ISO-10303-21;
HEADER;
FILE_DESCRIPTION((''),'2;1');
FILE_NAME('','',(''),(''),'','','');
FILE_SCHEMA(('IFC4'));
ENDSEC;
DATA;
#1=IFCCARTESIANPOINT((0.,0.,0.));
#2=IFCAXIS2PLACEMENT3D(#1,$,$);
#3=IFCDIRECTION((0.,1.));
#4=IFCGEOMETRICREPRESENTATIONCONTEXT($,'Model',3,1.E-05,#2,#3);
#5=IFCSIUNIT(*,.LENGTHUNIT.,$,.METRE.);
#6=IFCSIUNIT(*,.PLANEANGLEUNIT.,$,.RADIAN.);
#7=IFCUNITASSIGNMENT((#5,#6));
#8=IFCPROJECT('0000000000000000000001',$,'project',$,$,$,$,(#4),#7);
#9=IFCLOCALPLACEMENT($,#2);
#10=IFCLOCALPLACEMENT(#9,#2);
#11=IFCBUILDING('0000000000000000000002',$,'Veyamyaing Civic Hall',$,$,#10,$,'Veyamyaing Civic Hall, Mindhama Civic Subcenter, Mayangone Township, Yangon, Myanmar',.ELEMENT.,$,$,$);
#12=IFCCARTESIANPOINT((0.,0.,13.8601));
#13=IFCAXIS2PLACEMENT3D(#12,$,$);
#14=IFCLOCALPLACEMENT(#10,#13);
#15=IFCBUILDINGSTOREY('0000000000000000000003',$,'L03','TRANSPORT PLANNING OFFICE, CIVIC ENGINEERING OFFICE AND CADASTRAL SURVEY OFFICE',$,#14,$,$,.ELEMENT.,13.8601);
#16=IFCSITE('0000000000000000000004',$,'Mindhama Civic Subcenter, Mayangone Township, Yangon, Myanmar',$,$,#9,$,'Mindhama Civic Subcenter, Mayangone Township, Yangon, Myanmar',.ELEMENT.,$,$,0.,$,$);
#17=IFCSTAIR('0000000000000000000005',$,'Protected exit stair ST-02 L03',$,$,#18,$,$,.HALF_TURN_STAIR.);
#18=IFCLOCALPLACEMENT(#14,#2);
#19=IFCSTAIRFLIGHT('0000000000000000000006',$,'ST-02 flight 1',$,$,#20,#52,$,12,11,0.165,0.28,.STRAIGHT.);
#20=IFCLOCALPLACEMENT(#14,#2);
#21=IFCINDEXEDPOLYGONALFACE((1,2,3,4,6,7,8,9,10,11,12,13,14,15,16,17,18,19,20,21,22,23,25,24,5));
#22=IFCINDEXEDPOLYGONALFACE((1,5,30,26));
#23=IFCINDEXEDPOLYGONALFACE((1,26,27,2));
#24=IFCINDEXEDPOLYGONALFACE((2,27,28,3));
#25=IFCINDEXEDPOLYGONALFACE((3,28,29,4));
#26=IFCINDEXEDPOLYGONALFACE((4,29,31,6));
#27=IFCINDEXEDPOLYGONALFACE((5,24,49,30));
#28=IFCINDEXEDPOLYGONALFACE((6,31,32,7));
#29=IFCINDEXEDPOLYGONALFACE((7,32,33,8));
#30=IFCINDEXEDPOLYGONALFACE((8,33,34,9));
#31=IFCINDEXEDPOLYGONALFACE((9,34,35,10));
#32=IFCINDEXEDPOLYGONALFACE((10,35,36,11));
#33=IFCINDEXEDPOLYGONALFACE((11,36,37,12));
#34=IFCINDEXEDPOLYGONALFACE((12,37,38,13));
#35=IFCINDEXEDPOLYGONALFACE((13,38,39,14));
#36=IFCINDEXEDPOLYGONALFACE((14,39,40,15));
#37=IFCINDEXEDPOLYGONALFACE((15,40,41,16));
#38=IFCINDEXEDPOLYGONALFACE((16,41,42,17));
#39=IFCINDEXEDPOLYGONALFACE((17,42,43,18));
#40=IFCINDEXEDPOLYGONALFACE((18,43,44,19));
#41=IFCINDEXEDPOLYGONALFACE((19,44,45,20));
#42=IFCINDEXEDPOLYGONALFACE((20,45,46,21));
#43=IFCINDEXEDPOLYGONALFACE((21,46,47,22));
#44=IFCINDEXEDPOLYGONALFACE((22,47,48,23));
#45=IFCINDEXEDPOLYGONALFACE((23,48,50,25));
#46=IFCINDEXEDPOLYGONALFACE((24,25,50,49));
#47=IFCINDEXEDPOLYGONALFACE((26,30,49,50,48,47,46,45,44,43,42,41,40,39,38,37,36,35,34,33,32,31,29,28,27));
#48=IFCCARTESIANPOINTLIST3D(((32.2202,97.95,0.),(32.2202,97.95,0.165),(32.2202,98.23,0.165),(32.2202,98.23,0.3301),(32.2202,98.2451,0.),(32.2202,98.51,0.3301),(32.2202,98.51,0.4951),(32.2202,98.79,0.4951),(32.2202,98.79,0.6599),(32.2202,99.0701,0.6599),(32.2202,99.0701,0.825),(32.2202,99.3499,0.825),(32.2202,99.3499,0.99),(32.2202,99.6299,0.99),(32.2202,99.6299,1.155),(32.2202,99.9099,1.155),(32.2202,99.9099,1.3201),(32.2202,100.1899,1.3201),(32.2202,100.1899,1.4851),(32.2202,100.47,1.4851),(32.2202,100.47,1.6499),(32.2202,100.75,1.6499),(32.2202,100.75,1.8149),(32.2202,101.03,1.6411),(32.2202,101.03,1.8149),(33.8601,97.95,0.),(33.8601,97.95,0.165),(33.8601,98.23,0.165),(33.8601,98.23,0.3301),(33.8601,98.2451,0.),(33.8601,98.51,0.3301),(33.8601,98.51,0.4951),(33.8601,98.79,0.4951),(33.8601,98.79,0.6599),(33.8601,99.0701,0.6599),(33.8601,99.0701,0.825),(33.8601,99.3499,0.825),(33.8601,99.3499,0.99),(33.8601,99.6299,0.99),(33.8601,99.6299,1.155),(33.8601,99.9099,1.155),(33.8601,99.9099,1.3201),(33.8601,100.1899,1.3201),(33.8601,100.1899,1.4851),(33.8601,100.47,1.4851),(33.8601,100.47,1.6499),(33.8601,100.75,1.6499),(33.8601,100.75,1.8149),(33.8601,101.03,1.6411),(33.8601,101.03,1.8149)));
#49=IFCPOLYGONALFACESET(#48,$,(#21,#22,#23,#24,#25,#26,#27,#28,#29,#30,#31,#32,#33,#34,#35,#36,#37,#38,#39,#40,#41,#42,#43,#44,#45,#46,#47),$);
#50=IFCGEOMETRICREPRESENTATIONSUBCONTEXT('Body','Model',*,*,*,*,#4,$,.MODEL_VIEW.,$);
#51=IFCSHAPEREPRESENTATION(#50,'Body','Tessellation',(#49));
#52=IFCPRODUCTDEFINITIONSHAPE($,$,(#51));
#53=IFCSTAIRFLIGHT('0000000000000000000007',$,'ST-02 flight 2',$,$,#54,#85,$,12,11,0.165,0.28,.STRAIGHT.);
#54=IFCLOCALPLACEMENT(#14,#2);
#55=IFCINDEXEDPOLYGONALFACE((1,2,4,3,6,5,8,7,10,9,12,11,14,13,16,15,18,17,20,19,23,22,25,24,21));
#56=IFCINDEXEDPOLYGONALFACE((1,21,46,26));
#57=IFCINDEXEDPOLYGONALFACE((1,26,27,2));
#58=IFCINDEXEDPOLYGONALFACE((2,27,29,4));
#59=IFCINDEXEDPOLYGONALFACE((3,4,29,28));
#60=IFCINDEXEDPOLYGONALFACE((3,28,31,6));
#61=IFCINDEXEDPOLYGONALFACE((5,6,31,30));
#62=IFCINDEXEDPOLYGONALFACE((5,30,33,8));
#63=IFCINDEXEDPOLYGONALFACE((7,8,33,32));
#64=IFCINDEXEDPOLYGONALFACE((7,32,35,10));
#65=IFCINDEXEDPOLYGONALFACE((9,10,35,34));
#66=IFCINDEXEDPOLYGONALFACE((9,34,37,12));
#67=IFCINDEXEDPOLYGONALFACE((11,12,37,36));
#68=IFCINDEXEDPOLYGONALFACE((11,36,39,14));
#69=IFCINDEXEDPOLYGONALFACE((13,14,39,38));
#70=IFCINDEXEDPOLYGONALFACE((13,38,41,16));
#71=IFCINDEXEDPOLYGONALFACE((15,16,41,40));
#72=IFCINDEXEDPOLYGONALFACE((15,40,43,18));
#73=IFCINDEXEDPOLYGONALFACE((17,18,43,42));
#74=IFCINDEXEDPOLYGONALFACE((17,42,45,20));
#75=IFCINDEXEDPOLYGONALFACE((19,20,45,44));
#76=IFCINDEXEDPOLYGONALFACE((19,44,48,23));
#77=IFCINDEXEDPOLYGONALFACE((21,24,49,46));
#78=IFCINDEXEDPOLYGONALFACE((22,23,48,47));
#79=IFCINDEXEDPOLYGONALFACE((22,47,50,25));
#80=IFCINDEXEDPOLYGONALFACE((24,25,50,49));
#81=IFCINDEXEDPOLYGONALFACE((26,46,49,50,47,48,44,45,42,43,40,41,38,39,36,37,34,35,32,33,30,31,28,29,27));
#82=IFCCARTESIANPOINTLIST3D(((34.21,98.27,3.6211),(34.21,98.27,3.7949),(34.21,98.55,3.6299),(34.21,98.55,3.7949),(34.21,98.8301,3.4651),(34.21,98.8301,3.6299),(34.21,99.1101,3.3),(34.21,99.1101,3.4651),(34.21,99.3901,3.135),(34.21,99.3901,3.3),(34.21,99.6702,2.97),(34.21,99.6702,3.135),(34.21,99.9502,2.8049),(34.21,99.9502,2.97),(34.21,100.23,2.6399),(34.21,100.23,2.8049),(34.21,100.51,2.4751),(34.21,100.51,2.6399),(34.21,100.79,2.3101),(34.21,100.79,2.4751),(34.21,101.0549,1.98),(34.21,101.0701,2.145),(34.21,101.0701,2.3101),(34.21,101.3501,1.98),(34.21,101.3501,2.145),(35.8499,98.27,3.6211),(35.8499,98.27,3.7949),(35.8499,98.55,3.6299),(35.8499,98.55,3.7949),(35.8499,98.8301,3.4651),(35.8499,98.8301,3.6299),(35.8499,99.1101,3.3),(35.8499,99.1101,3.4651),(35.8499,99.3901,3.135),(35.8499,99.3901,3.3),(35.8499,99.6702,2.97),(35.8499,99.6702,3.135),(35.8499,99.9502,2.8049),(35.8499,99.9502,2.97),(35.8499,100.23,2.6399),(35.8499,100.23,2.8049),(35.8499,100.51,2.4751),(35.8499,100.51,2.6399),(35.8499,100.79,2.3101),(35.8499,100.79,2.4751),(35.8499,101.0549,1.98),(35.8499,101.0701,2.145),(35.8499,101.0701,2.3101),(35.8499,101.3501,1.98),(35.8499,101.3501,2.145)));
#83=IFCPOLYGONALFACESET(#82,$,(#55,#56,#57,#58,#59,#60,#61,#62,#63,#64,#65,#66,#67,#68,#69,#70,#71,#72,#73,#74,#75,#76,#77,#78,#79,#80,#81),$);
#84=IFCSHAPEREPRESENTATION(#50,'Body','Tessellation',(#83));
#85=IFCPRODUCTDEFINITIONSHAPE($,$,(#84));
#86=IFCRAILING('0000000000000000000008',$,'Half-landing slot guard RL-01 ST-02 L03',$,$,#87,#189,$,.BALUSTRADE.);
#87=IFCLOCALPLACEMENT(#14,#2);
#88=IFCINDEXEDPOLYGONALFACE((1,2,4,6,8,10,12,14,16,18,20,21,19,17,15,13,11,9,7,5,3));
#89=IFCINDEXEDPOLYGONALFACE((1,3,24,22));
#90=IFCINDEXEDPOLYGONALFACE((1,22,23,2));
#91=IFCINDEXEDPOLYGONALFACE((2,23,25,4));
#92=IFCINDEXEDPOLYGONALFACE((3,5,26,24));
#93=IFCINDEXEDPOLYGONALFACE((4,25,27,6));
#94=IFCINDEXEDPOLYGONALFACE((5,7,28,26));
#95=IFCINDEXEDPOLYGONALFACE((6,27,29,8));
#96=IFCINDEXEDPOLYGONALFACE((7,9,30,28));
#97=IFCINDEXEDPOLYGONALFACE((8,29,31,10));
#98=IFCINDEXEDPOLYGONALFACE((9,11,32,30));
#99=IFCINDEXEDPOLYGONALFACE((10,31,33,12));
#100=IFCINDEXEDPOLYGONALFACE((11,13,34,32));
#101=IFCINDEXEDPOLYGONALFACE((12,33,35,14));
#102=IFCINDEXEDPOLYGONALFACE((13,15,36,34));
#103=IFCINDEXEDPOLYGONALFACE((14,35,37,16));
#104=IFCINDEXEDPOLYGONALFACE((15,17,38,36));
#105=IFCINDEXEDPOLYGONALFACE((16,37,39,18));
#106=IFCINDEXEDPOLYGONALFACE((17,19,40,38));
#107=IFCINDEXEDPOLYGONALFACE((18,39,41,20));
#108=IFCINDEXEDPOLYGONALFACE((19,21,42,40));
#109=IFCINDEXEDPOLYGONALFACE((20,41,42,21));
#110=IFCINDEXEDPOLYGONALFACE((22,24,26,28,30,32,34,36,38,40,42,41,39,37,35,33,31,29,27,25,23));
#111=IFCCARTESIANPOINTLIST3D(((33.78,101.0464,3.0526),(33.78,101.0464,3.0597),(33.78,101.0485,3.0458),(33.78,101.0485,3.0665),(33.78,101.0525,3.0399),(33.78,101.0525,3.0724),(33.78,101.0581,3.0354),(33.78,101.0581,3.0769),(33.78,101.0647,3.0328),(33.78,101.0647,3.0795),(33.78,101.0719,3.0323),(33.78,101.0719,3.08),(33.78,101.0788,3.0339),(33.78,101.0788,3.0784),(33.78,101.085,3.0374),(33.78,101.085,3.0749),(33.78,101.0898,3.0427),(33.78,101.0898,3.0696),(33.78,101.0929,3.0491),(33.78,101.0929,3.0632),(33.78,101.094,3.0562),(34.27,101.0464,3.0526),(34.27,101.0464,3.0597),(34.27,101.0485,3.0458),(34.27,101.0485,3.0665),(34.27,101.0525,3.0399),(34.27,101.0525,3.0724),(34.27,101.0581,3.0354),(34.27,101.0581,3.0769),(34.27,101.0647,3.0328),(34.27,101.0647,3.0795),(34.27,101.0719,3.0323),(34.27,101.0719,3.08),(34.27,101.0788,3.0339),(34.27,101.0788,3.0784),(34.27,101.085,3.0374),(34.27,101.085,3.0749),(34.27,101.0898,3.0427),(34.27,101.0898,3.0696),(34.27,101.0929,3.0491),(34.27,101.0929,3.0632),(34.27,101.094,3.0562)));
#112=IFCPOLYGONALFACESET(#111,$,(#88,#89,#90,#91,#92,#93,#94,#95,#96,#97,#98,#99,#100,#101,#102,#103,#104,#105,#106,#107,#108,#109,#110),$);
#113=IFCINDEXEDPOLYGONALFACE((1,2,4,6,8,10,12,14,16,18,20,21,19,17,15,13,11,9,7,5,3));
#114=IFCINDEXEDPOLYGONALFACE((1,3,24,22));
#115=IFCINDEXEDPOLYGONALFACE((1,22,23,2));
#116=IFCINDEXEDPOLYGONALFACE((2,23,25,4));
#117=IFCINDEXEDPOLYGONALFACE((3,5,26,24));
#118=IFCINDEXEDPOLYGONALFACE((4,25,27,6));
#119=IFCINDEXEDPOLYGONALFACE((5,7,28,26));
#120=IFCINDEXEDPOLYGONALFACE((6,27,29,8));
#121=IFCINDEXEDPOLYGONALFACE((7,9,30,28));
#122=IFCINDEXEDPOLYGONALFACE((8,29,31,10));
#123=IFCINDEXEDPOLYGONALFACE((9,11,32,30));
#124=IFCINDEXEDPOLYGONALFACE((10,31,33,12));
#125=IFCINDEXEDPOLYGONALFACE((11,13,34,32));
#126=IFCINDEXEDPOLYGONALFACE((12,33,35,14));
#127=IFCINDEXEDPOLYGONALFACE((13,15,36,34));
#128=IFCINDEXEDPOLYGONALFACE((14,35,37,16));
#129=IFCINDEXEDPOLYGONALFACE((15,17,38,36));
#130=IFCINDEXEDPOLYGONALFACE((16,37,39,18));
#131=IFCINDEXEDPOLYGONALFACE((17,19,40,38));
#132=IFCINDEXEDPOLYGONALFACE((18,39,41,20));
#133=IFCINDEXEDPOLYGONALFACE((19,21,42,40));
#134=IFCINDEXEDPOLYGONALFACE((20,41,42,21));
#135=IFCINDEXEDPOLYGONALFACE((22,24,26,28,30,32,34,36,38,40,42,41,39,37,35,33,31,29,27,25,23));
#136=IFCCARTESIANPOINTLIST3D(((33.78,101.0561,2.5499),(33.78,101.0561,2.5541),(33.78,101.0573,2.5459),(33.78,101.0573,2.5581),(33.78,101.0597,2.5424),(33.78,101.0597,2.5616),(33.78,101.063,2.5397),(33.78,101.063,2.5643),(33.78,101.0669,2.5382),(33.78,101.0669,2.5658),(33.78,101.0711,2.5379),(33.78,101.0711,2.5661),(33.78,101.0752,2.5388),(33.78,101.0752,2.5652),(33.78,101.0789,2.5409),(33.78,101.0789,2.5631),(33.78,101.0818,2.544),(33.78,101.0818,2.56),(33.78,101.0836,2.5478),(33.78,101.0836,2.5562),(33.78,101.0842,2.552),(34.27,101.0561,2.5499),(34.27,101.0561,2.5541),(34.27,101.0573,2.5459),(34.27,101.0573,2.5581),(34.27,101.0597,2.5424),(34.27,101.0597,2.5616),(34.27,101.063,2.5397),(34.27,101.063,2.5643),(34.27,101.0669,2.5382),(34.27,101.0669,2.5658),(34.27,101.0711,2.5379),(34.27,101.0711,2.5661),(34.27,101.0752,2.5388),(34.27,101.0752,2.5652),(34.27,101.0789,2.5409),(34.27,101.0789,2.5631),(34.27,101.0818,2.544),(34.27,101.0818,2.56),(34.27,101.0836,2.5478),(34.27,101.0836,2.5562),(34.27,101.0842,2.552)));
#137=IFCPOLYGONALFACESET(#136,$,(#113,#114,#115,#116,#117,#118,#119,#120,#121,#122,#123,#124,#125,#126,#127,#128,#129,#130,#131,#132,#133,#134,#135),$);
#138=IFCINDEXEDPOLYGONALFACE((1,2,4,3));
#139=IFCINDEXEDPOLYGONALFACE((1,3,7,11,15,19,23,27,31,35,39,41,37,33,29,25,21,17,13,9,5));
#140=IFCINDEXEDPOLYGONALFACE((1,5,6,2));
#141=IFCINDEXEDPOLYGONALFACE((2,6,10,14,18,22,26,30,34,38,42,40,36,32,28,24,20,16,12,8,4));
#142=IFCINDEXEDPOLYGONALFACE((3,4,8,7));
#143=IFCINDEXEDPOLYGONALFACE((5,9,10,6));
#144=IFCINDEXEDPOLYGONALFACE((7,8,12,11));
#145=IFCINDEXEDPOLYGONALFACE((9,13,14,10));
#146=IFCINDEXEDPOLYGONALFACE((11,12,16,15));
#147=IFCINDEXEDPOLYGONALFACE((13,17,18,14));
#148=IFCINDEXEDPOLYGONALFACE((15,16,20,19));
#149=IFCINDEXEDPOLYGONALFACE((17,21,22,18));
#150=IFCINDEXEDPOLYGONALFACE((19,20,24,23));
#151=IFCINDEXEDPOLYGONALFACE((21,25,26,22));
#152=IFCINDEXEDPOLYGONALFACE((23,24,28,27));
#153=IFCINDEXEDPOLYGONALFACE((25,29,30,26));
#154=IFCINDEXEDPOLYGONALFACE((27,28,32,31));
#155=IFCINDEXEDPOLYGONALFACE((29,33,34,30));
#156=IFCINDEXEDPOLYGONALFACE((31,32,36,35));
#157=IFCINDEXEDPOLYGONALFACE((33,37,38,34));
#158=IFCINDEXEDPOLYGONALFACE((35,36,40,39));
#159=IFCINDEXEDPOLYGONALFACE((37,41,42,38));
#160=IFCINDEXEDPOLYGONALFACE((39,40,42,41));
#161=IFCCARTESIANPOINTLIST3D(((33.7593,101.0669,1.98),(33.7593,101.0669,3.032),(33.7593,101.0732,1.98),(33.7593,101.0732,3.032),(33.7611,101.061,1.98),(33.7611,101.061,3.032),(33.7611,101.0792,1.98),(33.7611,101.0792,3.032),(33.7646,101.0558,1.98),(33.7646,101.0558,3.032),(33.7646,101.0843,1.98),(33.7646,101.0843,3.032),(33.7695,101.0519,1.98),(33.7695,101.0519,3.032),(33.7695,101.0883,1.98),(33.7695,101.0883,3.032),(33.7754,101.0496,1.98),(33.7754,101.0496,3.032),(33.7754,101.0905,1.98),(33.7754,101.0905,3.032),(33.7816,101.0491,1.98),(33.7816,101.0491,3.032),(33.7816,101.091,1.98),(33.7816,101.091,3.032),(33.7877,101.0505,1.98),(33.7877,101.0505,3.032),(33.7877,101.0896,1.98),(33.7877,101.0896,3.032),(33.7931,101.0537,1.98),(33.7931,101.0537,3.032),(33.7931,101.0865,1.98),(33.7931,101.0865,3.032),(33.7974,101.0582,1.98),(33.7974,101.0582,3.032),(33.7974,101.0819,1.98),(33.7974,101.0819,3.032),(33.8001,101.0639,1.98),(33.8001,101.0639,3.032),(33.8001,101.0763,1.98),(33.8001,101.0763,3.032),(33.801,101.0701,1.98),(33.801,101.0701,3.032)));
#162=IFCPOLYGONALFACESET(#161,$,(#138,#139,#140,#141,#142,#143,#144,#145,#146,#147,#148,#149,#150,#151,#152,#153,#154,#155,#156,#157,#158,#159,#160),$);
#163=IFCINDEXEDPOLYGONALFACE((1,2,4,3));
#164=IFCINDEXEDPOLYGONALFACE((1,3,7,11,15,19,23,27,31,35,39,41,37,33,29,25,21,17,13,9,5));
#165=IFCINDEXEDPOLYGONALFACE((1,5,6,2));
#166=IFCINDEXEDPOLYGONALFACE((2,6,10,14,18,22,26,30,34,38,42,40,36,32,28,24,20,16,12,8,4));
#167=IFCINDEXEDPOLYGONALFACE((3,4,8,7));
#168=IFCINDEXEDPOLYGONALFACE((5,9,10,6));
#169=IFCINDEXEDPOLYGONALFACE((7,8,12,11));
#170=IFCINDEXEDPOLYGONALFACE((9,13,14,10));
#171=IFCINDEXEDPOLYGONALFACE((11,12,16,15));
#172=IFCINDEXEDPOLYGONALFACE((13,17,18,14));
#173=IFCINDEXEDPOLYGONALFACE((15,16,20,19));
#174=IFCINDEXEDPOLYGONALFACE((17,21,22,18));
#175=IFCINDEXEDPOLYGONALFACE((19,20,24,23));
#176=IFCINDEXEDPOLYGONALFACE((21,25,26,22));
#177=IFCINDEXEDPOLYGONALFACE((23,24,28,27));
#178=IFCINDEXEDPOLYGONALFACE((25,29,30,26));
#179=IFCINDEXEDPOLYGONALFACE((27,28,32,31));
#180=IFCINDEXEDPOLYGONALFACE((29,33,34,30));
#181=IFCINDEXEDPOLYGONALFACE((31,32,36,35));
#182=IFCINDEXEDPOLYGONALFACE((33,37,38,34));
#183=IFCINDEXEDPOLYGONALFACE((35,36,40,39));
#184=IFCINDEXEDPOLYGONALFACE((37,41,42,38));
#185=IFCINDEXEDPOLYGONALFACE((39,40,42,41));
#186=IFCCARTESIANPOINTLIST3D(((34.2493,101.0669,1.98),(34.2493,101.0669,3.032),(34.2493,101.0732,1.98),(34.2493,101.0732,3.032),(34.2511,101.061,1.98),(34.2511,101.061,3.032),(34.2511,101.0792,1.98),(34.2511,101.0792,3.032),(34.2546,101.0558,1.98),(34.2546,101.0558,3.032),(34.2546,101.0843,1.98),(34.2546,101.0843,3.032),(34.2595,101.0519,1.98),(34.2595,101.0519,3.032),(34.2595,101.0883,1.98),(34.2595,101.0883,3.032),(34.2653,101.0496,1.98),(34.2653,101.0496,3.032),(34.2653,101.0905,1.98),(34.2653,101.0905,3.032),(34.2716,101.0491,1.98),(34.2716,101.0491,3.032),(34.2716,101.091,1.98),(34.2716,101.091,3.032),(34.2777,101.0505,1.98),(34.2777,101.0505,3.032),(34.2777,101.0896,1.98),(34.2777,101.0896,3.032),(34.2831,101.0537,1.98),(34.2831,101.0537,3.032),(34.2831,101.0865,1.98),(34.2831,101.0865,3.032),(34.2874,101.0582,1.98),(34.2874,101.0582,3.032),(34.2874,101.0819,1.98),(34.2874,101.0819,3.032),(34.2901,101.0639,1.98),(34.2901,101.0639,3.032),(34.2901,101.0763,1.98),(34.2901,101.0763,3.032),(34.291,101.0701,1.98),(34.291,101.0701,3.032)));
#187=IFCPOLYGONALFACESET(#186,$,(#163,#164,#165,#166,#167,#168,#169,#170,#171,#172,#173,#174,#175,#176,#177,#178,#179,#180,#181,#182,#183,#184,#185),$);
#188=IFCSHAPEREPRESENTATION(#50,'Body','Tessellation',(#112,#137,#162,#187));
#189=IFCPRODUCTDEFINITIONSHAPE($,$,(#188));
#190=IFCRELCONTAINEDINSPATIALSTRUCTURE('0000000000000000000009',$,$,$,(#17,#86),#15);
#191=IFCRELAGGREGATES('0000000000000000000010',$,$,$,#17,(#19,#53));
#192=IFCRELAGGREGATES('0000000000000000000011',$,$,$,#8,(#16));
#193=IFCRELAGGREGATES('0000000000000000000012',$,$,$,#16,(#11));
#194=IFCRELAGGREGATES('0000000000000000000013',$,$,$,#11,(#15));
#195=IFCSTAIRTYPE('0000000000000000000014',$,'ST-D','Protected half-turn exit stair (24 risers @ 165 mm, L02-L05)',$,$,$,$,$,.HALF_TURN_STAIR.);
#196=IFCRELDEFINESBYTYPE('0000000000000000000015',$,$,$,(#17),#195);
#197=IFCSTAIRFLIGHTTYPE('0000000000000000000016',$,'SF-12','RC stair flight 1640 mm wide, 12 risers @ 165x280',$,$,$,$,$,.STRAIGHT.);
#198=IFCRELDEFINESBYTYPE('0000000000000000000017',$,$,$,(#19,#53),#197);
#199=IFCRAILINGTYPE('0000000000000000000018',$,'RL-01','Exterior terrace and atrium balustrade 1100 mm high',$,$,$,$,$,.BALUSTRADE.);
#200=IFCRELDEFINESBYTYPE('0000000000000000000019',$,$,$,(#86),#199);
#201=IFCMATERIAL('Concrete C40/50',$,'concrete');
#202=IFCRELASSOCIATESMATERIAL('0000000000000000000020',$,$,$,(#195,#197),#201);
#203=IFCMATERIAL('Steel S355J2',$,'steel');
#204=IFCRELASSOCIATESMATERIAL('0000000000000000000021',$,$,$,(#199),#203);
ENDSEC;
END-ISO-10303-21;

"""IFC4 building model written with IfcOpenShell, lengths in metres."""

from ifc_helpers import new_model, si_unit, direction, frame, origin, origin_2d, place, context, subcontext, project, spatial, polyline, circle, outline, extrude, material, type_object, element, aggregate, save


model = new_model("IFC4")

# Units and contexts
model_context = context("Model", 3, precision=1e-05, world=origin(), true_north=direction((0.0, 1.0)))
body_context = subcontext(model_context, "Body", "Model", "MODEL_VIEW")
ifc_project = project(units=[si_unit("LENGTHUNIT", "METRE"), si_unit("PLANEANGLEUNIT", "RADIAN")], contexts=[model_context])

# Site, building, storey
site_placement = place(None, origin())
site = spatial("IfcSite", under=ifc_project, at=site_placement, Name="Mindhama Civic Subcenter, Mayangone Township, Yangon, Myanmar", LongName="Mindhama Civic Subcenter, Mayangone Township, Yangon, Myanmar", CompositionType="ELEMENT", RefElevation=0.0)
building_placement = place(site_placement, origin())
building = spatial("IfcBuilding", under=site, at=building_placement, Name="Veyamyaing Civic Hall", LongName="Veyamyaing Civic Hall, Mindhama Civic Subcenter, Mayangone Township, Yangon, Myanmar", CompositionType="ELEMENT")
storey_placement = place(building_placement, frame((0.0, 0.0, 13.8601)))
storey = spatial("IfcBuildingStorey", under=building, at=storey_placement, Name="L03", Description="TRANSPORT PLANNING OFFICE, CIVIC ENGINEERING OFFICE AND CADASTRAL SURVEY OFFICE", CompositionType="ELEMENT", Elevation=13.8601)

# Shared definitions
ifc_material_1 = material(Name="Concrete C40/50", Category="concrete")

# Stair, stair flights
stair_type = type_object("IfcStairType", Name="ST-D", Description="Protected half-turn exit stair (24 risers @ 165 mm, L02-L05)", PredefinedType="HALF_TURN_STAIR", material=ifc_material_1)
stair_placement = place(storey_placement, origin())
stair = element("IfcStair", 1, at=stair_placement, inside=storey, type_object=stair_type, Name="Protected exit stair ST-02 L03", PredefinedType="HALF_TURN_STAIR")
stair_flight_type = type_object("IfcStairFlightType", Name="SF-12", Description="RC stair flight 1640 mm wide, 12 risers @ 165x280", PredefinedType="STRAIGHT", material=ifc_material_1)
stair_flight_1_placement = place(storey_placement, frame((33.04, 97.95, 0.0), z_axis=(0.0, 0.0, 1.0), x_axis=(0.0, 1.0, 0.0)))
stair_flight_1 = element("IfcStairFlight", 2, at=stair_flight_1_placement, type_object=stair_flight_type, Name="ST-02 flight 1", NumberOfRisers=12, NumberOfTreads=11, PredefinedType="STRAIGHT", RiserHeight=0.165, TreadLength=0.28, context=body_context, shape_type="SweptSolid", body=[
    extrude(outline(polyline([(0.0, 0.0), (0.0, 0.165), (0.28, 0.165), (0.28, 0.3301), (0.5601, 0.3301), (0.5601, 0.4951), (0.8401, 0.4951), (0.8401, 0.6599), (1.1201, 0.6599), (1.1201, 0.825), (1.3999, 0.825), (1.3999, 0.99), (1.6799, 0.99), (1.6799, 1.155), (1.96, 1.155), (1.96, 1.3201), (2.24, 1.3201), (2.24, 1.4851), (2.52, 1.4851), (2.52, 1.6499), (2.8, 1.6499), (2.8, 1.8149), (3.0801, 1.8149), (3.0801, 1.98), (3.0801, 1.6411), (0.2952, 0.0), (0.0, 0.0)])), frame((0.0, 0.8198, 0.0), z_axis=(0.0, -1.0, 0.0), x_axis=(1.0, 0.0, 0.0)), (0.0, 0.0, 1.0), 1.6399),
])
stair_flight_2_placement = place(storey_placement, frame((35.03, 101.3501, 1.98), z_axis=(0.0, 0.0, 1.0), x_axis=(0.0, -1.0, 0.0)))
stair_flight_2 = element("IfcStairFlight", 3, at=stair_flight_2_placement, type_object=stair_flight_type, Name="ST-02 flight 2", NumberOfRisers=12, NumberOfTreads=11, PredefinedType="STRAIGHT", RiserHeight=0.165, TreadLength=0.28, context=body_context, shape_type="SweptSolid", body=[
    extrude(outline(polyline([(0.0, 0.0), (0.0, 0.165), (0.28, 0.165), (0.28, 0.3301), (0.5601, 0.3301), (0.5601, 0.4951), (0.8401, 0.4951), (0.8401, 0.6599), (1.1201, 0.6599), (1.1201, 0.825), (1.3999, 0.825), (1.3999, 0.99), (1.6799, 0.99), (1.6799, 1.155), (1.96, 1.155), (1.96, 1.3201), (2.24, 1.3201), (2.24, 1.4851), (2.52, 1.4851), (2.52, 1.6499), (2.8, 1.6499), (2.8, 1.8149), (3.0801, 1.8149), (3.0801, 1.98), (3.0801, 1.6411), (0.2952, 0.0), (0.0, 0.0)])), frame((0.0, 0.8198, 0.0), z_axis=(0.0, -1.0, 0.0), x_axis=(1.0, 0.0, 0.0)), (0.0, 0.0, 1.0), 1.6399),
])
aggregate(stair, [stair_flight_1, stair_flight_2])

# Railing
ifc_material_2 = material(Name="Steel S355J2", Category="steel")
railing_type_1 = type_object("IfcRailingType", Name="RL-01", Description="Exterior terrace and atrium balustrade 1100 mm high", PredefinedType="BALUSTRADE", material=ifc_material_2)
railing_1_placement = place(storey_placement, frame((33.78, 101.0701, 1.98)))
element("IfcRailing", 4, at=railing_1_placement, inside=storey, type_object=railing_type_1, Name="Half-landing slot guard RL-01 ST-02 L03", PredefinedType="BALUSTRADE", context=body_context, shape_type="SweptSolid", body=[
    extrude(circle(Radius=0.0239, at=origin_2d()), frame((0.0, 0.0, 1.0762), z_axis=(1.0, 0.0, 0.0), x_axis=(0.0, 1.0, 0.0)), (0.0, 0.0, 1.0), 0.49),
    extrude(circle(Radius=0.0142, at=origin_2d()), frame((0.0, 0.0, 0.572), z_axis=(1.0, 0.0, 0.0), x_axis=(0.0, 1.0, 0.0)), (0.0, 0.0, 1.0), 0.49),
    extrude(circle(Radius=0.021, at=origin_2d()), origin(), (0.0, 0.0, 1.0), 1.052),
    extrude(circle(Radius=0.021, at=origin_2d()), frame((0.49, 0.0, 0.0)), (0.0, 0.0, 1.0), 1.052),
])

save(model, "model.ifc")
